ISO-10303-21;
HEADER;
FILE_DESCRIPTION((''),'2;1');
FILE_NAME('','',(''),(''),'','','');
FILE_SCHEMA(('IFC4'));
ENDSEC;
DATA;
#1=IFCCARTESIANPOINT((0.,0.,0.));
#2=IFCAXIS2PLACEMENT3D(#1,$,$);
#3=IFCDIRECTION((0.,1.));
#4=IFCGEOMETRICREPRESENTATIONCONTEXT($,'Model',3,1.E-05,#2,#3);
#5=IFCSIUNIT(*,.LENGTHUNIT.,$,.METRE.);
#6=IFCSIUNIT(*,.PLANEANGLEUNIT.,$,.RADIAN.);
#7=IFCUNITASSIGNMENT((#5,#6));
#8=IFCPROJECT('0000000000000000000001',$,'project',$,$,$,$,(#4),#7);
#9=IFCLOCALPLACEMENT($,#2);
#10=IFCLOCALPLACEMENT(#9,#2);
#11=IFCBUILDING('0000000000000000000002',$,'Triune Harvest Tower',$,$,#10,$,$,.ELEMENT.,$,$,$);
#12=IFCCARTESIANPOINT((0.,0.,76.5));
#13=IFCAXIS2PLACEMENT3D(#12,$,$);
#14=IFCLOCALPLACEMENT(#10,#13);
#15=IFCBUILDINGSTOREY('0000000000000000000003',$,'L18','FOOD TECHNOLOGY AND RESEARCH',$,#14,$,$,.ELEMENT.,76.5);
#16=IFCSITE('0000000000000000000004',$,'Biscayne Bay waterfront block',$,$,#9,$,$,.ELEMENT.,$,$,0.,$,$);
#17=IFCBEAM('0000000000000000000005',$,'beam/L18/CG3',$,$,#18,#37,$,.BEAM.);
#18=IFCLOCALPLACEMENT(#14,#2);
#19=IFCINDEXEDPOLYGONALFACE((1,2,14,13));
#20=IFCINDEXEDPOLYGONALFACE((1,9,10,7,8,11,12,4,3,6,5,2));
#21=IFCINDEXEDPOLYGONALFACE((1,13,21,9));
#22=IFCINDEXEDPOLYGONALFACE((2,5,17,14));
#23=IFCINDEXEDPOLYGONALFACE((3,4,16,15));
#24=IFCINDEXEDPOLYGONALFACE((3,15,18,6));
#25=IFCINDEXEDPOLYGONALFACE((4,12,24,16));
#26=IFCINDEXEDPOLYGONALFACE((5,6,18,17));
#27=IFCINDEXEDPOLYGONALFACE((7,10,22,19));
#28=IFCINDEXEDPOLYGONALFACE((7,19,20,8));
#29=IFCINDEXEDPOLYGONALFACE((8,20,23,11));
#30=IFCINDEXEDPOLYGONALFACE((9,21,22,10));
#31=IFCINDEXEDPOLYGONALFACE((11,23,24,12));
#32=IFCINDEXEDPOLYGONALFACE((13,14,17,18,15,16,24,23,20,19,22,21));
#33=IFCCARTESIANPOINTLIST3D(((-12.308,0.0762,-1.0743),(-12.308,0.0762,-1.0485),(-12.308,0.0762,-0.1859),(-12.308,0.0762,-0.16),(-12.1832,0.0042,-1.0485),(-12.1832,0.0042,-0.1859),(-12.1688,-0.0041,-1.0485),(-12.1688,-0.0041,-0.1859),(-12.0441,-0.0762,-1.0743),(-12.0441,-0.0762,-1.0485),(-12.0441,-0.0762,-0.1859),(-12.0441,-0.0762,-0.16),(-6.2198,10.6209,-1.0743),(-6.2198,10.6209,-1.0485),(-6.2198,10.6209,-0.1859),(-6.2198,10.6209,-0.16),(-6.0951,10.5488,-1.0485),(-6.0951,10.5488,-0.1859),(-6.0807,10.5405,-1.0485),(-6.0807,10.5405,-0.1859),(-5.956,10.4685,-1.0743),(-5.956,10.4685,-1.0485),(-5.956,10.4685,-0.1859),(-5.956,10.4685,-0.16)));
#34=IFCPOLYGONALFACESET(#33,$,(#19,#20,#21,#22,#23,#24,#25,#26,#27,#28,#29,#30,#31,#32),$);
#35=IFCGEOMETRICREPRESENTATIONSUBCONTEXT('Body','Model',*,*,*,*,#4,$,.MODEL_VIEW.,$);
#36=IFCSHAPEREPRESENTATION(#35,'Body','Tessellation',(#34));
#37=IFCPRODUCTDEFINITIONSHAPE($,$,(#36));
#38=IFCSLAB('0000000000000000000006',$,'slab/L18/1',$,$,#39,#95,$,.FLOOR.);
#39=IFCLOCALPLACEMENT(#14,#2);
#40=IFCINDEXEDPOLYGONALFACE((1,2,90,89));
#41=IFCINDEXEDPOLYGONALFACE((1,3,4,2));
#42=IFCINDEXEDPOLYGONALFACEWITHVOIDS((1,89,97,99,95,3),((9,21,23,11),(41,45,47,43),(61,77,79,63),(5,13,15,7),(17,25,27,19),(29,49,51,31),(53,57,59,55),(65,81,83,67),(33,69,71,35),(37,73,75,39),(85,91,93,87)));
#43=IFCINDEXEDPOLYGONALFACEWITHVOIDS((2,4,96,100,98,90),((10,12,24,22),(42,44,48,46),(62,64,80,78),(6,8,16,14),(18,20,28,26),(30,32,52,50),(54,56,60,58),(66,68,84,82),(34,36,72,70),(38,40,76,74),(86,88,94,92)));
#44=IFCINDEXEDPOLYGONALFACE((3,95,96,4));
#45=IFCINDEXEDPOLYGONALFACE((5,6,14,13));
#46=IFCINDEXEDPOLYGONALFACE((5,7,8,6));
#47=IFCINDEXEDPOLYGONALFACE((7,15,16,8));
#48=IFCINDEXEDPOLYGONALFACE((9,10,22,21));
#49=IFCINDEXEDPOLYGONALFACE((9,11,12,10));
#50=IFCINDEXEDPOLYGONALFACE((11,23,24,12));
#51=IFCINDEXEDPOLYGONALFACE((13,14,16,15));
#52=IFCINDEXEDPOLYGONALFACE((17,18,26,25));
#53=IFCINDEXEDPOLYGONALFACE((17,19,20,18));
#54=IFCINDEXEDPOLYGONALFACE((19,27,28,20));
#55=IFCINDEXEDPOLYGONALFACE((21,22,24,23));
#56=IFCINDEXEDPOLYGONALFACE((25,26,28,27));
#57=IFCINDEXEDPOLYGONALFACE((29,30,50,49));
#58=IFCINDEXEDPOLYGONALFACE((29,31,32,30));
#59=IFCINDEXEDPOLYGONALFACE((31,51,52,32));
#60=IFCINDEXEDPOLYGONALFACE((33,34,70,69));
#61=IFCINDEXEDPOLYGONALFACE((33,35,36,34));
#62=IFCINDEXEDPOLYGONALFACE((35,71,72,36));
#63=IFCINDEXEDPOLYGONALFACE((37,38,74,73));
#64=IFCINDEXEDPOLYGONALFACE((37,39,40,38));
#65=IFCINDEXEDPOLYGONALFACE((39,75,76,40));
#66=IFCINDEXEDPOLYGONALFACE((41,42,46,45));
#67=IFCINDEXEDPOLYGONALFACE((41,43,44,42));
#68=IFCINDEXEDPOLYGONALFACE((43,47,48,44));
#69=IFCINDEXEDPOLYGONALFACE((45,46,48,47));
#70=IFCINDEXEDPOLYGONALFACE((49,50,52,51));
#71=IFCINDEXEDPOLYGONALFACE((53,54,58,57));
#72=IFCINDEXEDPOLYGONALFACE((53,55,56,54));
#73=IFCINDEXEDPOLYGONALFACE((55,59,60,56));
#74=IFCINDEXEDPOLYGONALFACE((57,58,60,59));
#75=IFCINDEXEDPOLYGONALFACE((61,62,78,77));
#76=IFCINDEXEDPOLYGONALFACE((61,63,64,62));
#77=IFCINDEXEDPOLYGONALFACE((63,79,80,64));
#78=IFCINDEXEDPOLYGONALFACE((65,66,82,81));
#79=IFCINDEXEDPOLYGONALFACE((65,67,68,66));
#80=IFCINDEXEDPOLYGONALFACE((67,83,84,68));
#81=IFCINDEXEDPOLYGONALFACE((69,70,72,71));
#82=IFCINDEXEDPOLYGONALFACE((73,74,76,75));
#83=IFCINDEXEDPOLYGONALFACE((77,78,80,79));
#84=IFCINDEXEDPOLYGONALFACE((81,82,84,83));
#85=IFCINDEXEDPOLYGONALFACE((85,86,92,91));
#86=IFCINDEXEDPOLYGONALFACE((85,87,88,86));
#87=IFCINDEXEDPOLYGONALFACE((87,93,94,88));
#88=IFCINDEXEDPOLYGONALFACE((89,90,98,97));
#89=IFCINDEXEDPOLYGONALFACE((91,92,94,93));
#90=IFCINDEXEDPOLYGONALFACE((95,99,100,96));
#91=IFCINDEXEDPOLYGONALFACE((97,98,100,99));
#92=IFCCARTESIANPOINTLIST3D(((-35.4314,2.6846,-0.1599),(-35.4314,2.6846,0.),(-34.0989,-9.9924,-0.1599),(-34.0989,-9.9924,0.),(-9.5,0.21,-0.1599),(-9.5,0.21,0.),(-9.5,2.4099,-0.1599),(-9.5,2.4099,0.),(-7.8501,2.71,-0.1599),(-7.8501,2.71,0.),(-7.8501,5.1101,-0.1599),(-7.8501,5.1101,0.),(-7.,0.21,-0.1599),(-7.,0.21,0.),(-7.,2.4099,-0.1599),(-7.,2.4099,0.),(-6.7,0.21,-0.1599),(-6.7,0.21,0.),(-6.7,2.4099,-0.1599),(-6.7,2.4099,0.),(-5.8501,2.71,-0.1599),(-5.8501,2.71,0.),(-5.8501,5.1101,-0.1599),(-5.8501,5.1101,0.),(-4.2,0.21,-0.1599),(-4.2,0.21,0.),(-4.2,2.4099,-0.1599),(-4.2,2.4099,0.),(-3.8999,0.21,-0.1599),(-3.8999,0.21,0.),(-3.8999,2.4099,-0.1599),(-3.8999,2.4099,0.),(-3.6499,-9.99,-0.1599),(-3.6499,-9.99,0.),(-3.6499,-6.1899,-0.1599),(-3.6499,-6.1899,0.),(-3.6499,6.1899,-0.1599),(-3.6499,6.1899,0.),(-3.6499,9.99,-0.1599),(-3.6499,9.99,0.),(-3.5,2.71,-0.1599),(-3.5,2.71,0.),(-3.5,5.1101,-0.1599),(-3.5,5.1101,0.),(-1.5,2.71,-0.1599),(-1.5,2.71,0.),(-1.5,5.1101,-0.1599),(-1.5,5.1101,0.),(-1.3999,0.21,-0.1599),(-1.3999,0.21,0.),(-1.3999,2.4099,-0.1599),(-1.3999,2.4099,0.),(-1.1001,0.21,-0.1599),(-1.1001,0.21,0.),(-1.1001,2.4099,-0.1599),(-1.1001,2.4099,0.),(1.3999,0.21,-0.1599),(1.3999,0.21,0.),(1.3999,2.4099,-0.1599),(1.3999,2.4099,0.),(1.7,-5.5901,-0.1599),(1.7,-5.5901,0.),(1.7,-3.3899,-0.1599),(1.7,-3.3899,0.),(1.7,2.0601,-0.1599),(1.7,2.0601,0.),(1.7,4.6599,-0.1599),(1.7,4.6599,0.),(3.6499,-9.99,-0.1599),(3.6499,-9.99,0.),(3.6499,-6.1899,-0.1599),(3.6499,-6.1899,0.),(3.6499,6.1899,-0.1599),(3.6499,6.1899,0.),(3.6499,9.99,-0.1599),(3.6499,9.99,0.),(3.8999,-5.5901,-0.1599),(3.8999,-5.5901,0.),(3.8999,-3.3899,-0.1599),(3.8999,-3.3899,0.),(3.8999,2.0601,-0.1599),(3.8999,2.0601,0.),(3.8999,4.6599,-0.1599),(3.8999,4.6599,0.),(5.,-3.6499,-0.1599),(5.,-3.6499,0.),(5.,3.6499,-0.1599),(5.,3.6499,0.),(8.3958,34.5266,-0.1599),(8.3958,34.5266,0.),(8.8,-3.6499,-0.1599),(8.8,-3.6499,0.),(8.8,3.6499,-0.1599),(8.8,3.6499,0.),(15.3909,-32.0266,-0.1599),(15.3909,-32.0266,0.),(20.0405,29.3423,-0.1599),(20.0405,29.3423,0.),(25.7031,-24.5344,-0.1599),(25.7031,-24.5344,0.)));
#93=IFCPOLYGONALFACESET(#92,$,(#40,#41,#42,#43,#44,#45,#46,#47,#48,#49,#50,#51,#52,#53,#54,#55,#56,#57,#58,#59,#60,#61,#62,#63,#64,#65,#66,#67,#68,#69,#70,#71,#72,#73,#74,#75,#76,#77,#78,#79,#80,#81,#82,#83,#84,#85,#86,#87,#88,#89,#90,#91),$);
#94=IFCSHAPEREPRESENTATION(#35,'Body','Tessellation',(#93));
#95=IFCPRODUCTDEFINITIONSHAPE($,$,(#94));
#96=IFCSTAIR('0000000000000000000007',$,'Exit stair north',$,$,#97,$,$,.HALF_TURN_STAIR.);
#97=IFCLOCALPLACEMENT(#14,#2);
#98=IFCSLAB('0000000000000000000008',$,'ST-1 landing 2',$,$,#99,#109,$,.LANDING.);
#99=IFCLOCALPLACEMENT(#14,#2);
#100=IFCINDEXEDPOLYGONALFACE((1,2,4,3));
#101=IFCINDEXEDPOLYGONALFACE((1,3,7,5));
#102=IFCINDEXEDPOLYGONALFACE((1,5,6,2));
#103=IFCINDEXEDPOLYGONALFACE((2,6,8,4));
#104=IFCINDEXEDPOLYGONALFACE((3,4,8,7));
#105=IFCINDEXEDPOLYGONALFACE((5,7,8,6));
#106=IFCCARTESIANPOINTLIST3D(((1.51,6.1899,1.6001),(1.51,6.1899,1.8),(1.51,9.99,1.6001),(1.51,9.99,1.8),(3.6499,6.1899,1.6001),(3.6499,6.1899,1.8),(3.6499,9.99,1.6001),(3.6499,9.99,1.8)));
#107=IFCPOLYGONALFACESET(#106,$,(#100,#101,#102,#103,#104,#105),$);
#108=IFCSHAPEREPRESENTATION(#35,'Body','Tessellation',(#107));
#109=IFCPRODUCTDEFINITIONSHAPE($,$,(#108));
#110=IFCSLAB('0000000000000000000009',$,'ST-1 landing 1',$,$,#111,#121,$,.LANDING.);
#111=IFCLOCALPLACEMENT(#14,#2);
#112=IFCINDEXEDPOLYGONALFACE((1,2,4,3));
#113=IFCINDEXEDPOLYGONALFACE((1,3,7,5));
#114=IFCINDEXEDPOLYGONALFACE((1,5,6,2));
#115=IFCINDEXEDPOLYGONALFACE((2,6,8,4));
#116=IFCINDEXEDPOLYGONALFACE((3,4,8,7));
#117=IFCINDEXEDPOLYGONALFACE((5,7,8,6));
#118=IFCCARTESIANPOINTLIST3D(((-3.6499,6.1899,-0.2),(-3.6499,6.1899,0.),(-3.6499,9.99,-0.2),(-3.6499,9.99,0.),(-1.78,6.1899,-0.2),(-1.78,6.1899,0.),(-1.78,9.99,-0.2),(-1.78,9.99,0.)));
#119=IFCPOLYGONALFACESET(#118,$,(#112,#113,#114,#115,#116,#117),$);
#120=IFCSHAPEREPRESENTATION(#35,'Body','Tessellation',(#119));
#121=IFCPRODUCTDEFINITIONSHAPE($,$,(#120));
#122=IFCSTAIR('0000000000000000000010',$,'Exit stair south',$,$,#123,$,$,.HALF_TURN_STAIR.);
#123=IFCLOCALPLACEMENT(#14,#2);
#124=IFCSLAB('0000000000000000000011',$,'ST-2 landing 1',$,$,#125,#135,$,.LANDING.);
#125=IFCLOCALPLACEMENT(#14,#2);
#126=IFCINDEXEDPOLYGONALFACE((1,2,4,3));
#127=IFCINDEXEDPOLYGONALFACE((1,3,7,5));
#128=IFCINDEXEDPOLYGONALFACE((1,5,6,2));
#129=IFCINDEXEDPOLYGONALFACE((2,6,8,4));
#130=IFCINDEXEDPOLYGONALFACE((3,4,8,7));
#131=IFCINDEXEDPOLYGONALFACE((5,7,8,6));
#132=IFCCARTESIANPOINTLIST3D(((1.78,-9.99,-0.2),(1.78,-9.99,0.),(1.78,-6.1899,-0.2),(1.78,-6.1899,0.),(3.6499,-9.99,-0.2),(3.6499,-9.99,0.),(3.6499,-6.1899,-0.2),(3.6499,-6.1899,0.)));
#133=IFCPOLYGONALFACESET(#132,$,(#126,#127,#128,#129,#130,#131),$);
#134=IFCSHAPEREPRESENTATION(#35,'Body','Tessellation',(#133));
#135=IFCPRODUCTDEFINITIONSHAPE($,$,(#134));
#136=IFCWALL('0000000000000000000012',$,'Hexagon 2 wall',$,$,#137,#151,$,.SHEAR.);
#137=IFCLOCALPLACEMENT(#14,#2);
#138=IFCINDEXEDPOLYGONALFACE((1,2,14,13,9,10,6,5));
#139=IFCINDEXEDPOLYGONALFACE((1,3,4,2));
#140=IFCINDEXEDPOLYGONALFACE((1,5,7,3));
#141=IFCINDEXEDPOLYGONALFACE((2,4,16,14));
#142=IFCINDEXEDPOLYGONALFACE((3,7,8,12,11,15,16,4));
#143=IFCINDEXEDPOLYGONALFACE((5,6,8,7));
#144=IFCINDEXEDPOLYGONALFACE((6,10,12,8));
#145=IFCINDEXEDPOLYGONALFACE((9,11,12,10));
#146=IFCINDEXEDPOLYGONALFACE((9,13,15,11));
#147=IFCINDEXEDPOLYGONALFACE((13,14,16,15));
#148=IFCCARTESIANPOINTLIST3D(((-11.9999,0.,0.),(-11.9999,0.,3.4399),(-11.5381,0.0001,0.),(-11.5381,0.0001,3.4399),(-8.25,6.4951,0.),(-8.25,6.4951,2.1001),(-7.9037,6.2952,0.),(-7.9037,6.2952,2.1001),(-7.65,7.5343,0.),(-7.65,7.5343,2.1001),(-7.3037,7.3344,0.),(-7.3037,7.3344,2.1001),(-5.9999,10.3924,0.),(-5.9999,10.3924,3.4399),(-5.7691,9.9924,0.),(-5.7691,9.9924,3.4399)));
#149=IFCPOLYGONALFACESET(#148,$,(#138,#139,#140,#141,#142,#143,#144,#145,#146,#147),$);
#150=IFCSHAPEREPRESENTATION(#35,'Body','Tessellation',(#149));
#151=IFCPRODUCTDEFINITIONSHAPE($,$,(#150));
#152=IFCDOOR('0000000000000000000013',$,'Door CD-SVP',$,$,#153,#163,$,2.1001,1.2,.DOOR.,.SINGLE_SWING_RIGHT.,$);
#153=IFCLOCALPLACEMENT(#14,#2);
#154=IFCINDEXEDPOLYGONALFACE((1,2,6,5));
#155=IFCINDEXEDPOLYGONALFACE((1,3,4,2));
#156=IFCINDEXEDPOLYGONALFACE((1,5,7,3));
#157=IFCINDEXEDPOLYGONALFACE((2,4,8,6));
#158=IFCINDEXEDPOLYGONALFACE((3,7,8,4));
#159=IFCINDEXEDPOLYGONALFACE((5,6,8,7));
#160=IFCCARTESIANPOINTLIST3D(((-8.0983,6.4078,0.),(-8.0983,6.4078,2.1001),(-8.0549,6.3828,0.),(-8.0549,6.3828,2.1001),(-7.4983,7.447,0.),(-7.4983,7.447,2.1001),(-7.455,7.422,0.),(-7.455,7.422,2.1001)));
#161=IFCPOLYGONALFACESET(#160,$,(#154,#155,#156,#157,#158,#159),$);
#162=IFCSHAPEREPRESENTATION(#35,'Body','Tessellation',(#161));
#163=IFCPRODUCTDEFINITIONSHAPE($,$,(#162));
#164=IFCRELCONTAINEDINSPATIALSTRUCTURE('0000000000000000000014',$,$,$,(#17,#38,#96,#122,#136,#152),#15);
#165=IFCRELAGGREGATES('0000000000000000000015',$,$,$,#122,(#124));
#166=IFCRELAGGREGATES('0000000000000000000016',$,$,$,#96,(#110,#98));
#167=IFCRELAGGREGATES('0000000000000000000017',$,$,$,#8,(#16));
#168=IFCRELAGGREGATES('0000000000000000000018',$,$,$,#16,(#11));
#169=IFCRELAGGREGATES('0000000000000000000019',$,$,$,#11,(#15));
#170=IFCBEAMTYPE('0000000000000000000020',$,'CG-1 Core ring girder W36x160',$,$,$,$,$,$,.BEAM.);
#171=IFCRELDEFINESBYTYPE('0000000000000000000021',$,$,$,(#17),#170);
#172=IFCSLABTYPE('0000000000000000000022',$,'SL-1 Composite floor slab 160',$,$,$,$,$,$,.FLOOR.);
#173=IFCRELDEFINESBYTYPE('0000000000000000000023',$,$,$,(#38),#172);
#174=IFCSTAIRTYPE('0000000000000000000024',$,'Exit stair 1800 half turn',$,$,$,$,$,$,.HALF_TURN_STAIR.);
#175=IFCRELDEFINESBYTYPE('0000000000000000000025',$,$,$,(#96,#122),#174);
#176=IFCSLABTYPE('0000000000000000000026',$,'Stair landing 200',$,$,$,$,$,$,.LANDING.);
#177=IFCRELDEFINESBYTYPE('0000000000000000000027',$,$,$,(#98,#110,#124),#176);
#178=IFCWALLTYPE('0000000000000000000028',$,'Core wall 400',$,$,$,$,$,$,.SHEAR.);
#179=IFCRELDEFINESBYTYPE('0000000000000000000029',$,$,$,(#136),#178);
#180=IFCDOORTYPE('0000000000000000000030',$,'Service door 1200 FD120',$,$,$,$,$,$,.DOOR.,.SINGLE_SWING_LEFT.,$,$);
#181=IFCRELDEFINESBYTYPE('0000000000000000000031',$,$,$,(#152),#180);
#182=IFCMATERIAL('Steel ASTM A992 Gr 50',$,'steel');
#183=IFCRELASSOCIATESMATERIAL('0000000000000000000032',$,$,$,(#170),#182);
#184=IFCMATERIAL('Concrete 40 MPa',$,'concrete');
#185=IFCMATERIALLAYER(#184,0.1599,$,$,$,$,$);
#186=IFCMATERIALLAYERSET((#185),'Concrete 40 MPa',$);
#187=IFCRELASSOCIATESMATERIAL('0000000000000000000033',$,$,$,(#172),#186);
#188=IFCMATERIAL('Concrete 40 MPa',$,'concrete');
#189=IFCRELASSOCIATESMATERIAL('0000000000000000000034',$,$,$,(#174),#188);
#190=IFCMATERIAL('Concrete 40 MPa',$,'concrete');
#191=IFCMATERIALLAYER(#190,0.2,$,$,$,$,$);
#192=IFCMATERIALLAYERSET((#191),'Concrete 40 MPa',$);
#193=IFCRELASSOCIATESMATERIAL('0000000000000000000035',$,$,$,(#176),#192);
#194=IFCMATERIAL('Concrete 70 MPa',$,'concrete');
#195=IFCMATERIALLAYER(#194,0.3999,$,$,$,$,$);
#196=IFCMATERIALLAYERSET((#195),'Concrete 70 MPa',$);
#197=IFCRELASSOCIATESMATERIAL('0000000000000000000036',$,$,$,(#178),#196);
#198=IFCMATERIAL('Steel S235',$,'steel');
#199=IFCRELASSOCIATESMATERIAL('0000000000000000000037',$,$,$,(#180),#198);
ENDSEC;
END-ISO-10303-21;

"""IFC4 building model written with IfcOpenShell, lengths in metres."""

from ifc_helpers import new_model, si_unit, direction, frame, frame_2d, origin, origin_2d, place, context, subcontext, project, spatial, polyline, rectangle, i_section, outline, extrude, source, transform, mapped, material, layer, layer_set, material_profile, profile_set, type_object, element, fill, aggregate, save


model = new_model("IFC4")

# Units and contexts
model_context = context("Model", 3, precision=1e-05, world=origin(), true_north=direction((0.0, 1.0)))
body_context = subcontext(model_context, "Body", "Model", "MODEL_VIEW")
ifc_project = project(units=[si_unit("LENGTHUNIT", "METRE"), si_unit("PLANEANGLEUNIT", "RADIAN")], contexts=[model_context])

# Site, building, storey
site_placement = place(None, origin())
site = spatial("IfcSite", under=ifc_project, at=site_placement, Name="Biscayne Bay waterfront block", CompositionType="ELEMENT", RefElevation=0.0)
building_placement = place(site_placement, origin())
building = spatial("IfcBuilding", under=site, at=building_placement, Name="Triune Harvest Tower", CompositionType="ELEMENT")
storey_placement = place(building_placement, frame((0.0, 0.0, 76.5)))
storey = spatial("IfcBuildingStorey", under=building, at=storey_placement, Name="L18", Description="FOOD TECHNOLOGY AND RESEARCH", CompositionType="ELEMENT", Elevation=76.5)

# Beam
ifc_material_1 = material(Name="Steel ASTM A992 Gr 50", Category="steel")
ifc_material_profile = material_profile(ifc_material_1, i_section(OverallWidth=0.3047, OverallDepth=0.9143, WebThickness=0.0166, FlangeThickness=0.0259, at=origin_2d()), Name="W36x160")
ifc_profile_set = profile_set([ifc_material_profile], Name="Steel ASTM A992 Gr 50")
beam_type = type_object("IfcBeamType", Name="CG-1 Core ring girder W36x160", PredefinedType="BEAM", material=ifc_profile_set)
shared_shape_1 = source(origin(), body_context, "Body", "SweptSolid", [
    extrude(i_section(OverallWidth=0.3047, OverallDepth=0.9143, WebThickness=0.0166, FlangeThickness=0.0259, at=origin_2d()), origin(), (0.0, 0.0, 1.0), 12.176),
])
beam_placement = place(storey_placement, frame((-6.0879, 10.5447, -0.6172), z_axis=(-0.50001, -0.86602, 0.0), x_axis=(0.86602, -0.50001, 0.0)))
element("IfcBeam", 1, at=beam_placement, inside=storey, type_object=beam_type, Name="beam/L18/CG3", PredefinedType="BEAM", context=body_context, shape_type="MappedRepresentation", body=[
    mapped(shared_shape_1, transform((0.0, 0.0, 0.0), scale=1.0)),
])

# Slab
ifc_material_2 = material(Name="Concrete 40 MPa", Category="concrete")
ifc_layer_1 = layer(ifc_material_2, 0.1599)
ifc_layer_set_1 = layer_set([ifc_layer_1], Name="Concrete 40 MPa")
slab_type_1 = type_object("IfcSlabType", Name="SL-1 Composite floor slab 160", PredefinedType="FLOOR", material=ifc_layer_set_1)
shared_shape_2 = source(origin(), body_context, "Body", "SweptSolid", [
    extrude(outline(polyline([(25.7031, -24.5344), (20.0405, 29.3423), (8.3958, 34.5266), (-35.4314, 2.6846), (-34.0989, -9.9924), (15.3909, -32.0266), (25.7031, -24.5344)]), holes=[polyline([(-7.0, 0.21), (-7.0, 2.4099), (-9.5, 2.4099), (-9.5, 0.21), (-7.0, 0.21)]), polyline([(-4.2, 0.21), (-4.2, 2.4099), (-6.7, 2.4099), (-6.7, 0.21), (-4.2, 0.21)]), polyline([(-1.3999, 0.21), (-1.3999, 2.4099), (-3.8999, 2.4099), (-3.8999, 0.21), (-1.3999, 0.21)]), polyline([(1.3999, 0.21), (1.3999, 2.4099), (-1.1001, 2.4099), (-1.1001, 0.21), (1.3999, 0.21)]), polyline([(3.8999, 2.0601), (3.8999, 4.6599), (1.7, 4.6599), (1.7, 2.0601), (3.8999, 2.0601)]), polyline([(3.8999, -5.5901), (3.8999, -3.3899), (1.7, -3.3899), (1.7, -5.5901), (3.8999, -5.5901)]), polyline([(-5.8501, 2.71), (-5.8501, 5.1101), (-7.8501, 5.1101), (-7.8501, 2.71), (-5.8501, 2.71)]), polyline([(-1.5, 2.71), (-1.5, 5.1101), (-3.5, 5.1101), (-3.5, 2.71), (-1.5, 2.71)]), polyline([(3.6499, 6.1899), (3.6499, 9.99), (-3.6499, 9.99), (-3.6499, 6.1899), (3.6499, 6.1899)]), polyline([(3.6499, -9.99), (3.6499, -6.1899), (-3.6499, -6.1899), (-3.6499, -9.99), (3.6499, -9.99)]), polyline([(8.8, -3.6499), (8.8, 3.6499), (5.0, 3.6499), (5.0, -3.6499), (8.8, -3.6499)])]), origin(), (0.0, 0.0, 1.0), 0.1599),
])
slab_1_placement = place(storey_placement, frame((0.0, 0.0, -0.1599)))
element("IfcSlab", 2, at=slab_1_placement, inside=storey, type_object=slab_type_1, Name="slab/L18/1", PredefinedType="FLOOR", context=body_context, shape_type="MappedRepresentation", body=[
    mapped(shared_shape_2, transform((0.0, 0.0, 0.0), scale=1.0)),
])

# Stair, slabs
ifc_material_3 = material(Name="Concrete 40 MPa", Category="concrete")
stair_type = type_object("IfcStairType", Name="Exit stair 1800 half turn", PredefinedType="HALF_TURN_STAIR", material=ifc_material_3)
stair_1_placement = place(storey_placement, origin())
stair_1 = element("IfcStair", 3, at=stair_1_placement, inside=storey, type_object=stair_type, Name="Exit stair north", PredefinedType="HALF_TURN_STAIR")
ifc_material_4 = material(Name="Concrete 40 MPa", Category="concrete")
ifc_layer_2 = layer(ifc_material_4, 0.2)
ifc_layer_set_2 = layer_set([ifc_layer_2], Name="Concrete 40 MPa")
slab_type_2 = type_object("IfcSlabType", Name="Stair landing 200", PredefinedType="LANDING", material=ifc_layer_set_2)
shared_shape_3 = source(origin(), body_context, "Body", "SweptSolid", [
    extrude(outline(polyline([(1.51, 6.1899), (3.6499, 6.1899), (3.6499, 9.99), (1.51, 9.99), (1.51, 6.1899)])), origin(), (0.0, 0.0, 1.0), 0.2),
])
slab_2_placement = place(storey_placement, frame((0.0, 0.0, 1.6001)))
slab_2 = element("IfcSlab", 4, at=slab_2_placement, type_object=slab_type_2, Name="ST-1 landing 2", PredefinedType="LANDING", context=body_context, shape_type="MappedRepresentation", body=[
    mapped(shared_shape_3, transform((0.0, 0.0, 0.0), scale=1.0)),
])
shared_shape_4 = source(origin(), body_context, "Body", "SweptSolid", [
    extrude(outline(polyline([(-3.6499, 6.1899), (-1.78, 6.1899), (-1.78, 9.99), (-3.6499, 9.99), (-3.6499, 6.1899)])), origin(), (0.0, 0.0, 1.0), 0.2),
])
slab_3_placement = place(storey_placement, frame((0.0, 0.0, -0.2)))
slab_3 = element("IfcSlab", 5, at=slab_3_placement, type_object=slab_type_2, Name="ST-1 landing 1", PredefinedType="LANDING", context=body_context, shape_type="MappedRepresentation", body=[
    mapped(shared_shape_4, transform((0.0, 0.0, 0.0), scale=1.0)),
])

# Stair, slab
stair_2_placement = place(storey_placement, origin())
stair_2 = element("IfcStair", 6, at=stair_2_placement, inside=storey, type_object=stair_type, Name="Exit stair south", PredefinedType="HALF_TURN_STAIR")
shared_shape_5 = source(origin(), body_context, "Body", "SweptSolid", [
    extrude(outline(polyline([(3.6499, -6.1899), (1.78, -6.1899), (1.78, -9.99), (3.6499, -9.99), (3.6499, -6.1899)])), origin(), (0.0, 0.0, 1.0), 0.2),
])
slab_4_placement = place(storey_placement, frame((0.0, 0.0, -0.2)))
slab_4 = element("IfcSlab", 7, at=slab_4_placement, type_object=slab_type_2, Name="ST-2 landing 1", PredefinedType="LANDING", context=body_context, shape_type="MappedRepresentation", body=[
    mapped(shared_shape_5, transform((0.0, 0.0, 0.0), scale=1.0)),
])
aggregate(stair_2, [slab_4])

# Wall, opening, door
ifc_material_5 = material(Name="Concrete 70 MPa", Category="concrete")
ifc_layer_3 = layer(ifc_material_5, 0.3999)
ifc_layer_set_3 = layer_set([ifc_layer_3], Name="Concrete 70 MPa")
wall_type_1 = type_object("IfcWallType", Name="Core wall 400", PredefinedType="SHEAR", material=ifc_layer_set_3)
shared_shape_6 = source(origin(), body_context, "Body", "SweptSolid", [
    extrude(outline(polyline([(-0.1155, -0.2), (11.8845, -0.2), (11.6536, 0.2), (0.1155, 0.2), (-0.1155, -0.2)])), origin(), (0.0, 0.0, 1.0), 3.4399),
])
wall_1_placement = place(storey_placement, frame((-5.8845, 10.1924, 0.0), z_axis=(0.0, 0.0, 1.0), x_axis=(-0.499997, -0.866027, 0.0)))
wall_1 = element("IfcWall", 8, at=wall_1_placement, inside=storey, type_object=wall_type_1, Name="Hexagon 2 wall", PredefinedType="SHEAR", context=body_context, shape_type="MappedRepresentation", body=[
    mapped(shared_shape_6, transform((0.0, 0.0, 0.0), scale=1.0)),
])
opening_1_placement = place(wall_1_placement, frame((3.1846, 0.0, 0.0)))
opening_1 = element("IfcOpeningElement", 9, at=opening_1_placement, cuts=wall_1, PredefinedType="OPENING", context=body_context, shape_type="SweptSolid", body=[
    extrude(rectangle(XDim=1.2, YDim=2.1001, at=frame_2d((0.6001, 1.05))), frame((0.0, 0.21, 0.0), z_axis=(0.0, -1.0, 0.0), x_axis=(1.0, 0.0, 0.0)), (0.0, 0.0, 1.0), 0.4199),
])
ifc_material_6 = material(Name="Steel S235", Category="steel")
door_type_1 = type_object("IfcDoorType", Name="Service door 1200 FD120", OperationType="SINGLE_SWING_LEFT", PredefinedType="DOOR", material=ifc_material_6)
door_1_placement = place(opening_1_placement, frame((1.2, 0.0, 0.0), z_axis=(0.0, 0.0, 1.0), x_axis=(-1.0, 0.0, 0.0)))
door_1 = element("IfcDoor", 10, at=door_1_placement, inside=storey, type_object=door_type_1, Name="Door CD-SVP", OperationType="SINGLE_SWING_RIGHT", OverallHeight=2.1001, OverallWidth=1.2, PredefinedType="DOOR", context=body_context, shape_type="SweptSolid", body=[
    extrude(rectangle(XDim=1.2, YDim=2.1001, at=frame_2d((0.6001, 1.05))), frame((0.0, 0.0249, 0.0), z_axis=(0.0, -1.0, 0.0), x_axis=(1.0, 0.0, 0.0)), (0.0, 0.0, 1.0), 0.05),
])
fill(opening_1, door_1)

aggregate(stair_1, [slab_3, slab_2])

save(model, "model.ifc")
